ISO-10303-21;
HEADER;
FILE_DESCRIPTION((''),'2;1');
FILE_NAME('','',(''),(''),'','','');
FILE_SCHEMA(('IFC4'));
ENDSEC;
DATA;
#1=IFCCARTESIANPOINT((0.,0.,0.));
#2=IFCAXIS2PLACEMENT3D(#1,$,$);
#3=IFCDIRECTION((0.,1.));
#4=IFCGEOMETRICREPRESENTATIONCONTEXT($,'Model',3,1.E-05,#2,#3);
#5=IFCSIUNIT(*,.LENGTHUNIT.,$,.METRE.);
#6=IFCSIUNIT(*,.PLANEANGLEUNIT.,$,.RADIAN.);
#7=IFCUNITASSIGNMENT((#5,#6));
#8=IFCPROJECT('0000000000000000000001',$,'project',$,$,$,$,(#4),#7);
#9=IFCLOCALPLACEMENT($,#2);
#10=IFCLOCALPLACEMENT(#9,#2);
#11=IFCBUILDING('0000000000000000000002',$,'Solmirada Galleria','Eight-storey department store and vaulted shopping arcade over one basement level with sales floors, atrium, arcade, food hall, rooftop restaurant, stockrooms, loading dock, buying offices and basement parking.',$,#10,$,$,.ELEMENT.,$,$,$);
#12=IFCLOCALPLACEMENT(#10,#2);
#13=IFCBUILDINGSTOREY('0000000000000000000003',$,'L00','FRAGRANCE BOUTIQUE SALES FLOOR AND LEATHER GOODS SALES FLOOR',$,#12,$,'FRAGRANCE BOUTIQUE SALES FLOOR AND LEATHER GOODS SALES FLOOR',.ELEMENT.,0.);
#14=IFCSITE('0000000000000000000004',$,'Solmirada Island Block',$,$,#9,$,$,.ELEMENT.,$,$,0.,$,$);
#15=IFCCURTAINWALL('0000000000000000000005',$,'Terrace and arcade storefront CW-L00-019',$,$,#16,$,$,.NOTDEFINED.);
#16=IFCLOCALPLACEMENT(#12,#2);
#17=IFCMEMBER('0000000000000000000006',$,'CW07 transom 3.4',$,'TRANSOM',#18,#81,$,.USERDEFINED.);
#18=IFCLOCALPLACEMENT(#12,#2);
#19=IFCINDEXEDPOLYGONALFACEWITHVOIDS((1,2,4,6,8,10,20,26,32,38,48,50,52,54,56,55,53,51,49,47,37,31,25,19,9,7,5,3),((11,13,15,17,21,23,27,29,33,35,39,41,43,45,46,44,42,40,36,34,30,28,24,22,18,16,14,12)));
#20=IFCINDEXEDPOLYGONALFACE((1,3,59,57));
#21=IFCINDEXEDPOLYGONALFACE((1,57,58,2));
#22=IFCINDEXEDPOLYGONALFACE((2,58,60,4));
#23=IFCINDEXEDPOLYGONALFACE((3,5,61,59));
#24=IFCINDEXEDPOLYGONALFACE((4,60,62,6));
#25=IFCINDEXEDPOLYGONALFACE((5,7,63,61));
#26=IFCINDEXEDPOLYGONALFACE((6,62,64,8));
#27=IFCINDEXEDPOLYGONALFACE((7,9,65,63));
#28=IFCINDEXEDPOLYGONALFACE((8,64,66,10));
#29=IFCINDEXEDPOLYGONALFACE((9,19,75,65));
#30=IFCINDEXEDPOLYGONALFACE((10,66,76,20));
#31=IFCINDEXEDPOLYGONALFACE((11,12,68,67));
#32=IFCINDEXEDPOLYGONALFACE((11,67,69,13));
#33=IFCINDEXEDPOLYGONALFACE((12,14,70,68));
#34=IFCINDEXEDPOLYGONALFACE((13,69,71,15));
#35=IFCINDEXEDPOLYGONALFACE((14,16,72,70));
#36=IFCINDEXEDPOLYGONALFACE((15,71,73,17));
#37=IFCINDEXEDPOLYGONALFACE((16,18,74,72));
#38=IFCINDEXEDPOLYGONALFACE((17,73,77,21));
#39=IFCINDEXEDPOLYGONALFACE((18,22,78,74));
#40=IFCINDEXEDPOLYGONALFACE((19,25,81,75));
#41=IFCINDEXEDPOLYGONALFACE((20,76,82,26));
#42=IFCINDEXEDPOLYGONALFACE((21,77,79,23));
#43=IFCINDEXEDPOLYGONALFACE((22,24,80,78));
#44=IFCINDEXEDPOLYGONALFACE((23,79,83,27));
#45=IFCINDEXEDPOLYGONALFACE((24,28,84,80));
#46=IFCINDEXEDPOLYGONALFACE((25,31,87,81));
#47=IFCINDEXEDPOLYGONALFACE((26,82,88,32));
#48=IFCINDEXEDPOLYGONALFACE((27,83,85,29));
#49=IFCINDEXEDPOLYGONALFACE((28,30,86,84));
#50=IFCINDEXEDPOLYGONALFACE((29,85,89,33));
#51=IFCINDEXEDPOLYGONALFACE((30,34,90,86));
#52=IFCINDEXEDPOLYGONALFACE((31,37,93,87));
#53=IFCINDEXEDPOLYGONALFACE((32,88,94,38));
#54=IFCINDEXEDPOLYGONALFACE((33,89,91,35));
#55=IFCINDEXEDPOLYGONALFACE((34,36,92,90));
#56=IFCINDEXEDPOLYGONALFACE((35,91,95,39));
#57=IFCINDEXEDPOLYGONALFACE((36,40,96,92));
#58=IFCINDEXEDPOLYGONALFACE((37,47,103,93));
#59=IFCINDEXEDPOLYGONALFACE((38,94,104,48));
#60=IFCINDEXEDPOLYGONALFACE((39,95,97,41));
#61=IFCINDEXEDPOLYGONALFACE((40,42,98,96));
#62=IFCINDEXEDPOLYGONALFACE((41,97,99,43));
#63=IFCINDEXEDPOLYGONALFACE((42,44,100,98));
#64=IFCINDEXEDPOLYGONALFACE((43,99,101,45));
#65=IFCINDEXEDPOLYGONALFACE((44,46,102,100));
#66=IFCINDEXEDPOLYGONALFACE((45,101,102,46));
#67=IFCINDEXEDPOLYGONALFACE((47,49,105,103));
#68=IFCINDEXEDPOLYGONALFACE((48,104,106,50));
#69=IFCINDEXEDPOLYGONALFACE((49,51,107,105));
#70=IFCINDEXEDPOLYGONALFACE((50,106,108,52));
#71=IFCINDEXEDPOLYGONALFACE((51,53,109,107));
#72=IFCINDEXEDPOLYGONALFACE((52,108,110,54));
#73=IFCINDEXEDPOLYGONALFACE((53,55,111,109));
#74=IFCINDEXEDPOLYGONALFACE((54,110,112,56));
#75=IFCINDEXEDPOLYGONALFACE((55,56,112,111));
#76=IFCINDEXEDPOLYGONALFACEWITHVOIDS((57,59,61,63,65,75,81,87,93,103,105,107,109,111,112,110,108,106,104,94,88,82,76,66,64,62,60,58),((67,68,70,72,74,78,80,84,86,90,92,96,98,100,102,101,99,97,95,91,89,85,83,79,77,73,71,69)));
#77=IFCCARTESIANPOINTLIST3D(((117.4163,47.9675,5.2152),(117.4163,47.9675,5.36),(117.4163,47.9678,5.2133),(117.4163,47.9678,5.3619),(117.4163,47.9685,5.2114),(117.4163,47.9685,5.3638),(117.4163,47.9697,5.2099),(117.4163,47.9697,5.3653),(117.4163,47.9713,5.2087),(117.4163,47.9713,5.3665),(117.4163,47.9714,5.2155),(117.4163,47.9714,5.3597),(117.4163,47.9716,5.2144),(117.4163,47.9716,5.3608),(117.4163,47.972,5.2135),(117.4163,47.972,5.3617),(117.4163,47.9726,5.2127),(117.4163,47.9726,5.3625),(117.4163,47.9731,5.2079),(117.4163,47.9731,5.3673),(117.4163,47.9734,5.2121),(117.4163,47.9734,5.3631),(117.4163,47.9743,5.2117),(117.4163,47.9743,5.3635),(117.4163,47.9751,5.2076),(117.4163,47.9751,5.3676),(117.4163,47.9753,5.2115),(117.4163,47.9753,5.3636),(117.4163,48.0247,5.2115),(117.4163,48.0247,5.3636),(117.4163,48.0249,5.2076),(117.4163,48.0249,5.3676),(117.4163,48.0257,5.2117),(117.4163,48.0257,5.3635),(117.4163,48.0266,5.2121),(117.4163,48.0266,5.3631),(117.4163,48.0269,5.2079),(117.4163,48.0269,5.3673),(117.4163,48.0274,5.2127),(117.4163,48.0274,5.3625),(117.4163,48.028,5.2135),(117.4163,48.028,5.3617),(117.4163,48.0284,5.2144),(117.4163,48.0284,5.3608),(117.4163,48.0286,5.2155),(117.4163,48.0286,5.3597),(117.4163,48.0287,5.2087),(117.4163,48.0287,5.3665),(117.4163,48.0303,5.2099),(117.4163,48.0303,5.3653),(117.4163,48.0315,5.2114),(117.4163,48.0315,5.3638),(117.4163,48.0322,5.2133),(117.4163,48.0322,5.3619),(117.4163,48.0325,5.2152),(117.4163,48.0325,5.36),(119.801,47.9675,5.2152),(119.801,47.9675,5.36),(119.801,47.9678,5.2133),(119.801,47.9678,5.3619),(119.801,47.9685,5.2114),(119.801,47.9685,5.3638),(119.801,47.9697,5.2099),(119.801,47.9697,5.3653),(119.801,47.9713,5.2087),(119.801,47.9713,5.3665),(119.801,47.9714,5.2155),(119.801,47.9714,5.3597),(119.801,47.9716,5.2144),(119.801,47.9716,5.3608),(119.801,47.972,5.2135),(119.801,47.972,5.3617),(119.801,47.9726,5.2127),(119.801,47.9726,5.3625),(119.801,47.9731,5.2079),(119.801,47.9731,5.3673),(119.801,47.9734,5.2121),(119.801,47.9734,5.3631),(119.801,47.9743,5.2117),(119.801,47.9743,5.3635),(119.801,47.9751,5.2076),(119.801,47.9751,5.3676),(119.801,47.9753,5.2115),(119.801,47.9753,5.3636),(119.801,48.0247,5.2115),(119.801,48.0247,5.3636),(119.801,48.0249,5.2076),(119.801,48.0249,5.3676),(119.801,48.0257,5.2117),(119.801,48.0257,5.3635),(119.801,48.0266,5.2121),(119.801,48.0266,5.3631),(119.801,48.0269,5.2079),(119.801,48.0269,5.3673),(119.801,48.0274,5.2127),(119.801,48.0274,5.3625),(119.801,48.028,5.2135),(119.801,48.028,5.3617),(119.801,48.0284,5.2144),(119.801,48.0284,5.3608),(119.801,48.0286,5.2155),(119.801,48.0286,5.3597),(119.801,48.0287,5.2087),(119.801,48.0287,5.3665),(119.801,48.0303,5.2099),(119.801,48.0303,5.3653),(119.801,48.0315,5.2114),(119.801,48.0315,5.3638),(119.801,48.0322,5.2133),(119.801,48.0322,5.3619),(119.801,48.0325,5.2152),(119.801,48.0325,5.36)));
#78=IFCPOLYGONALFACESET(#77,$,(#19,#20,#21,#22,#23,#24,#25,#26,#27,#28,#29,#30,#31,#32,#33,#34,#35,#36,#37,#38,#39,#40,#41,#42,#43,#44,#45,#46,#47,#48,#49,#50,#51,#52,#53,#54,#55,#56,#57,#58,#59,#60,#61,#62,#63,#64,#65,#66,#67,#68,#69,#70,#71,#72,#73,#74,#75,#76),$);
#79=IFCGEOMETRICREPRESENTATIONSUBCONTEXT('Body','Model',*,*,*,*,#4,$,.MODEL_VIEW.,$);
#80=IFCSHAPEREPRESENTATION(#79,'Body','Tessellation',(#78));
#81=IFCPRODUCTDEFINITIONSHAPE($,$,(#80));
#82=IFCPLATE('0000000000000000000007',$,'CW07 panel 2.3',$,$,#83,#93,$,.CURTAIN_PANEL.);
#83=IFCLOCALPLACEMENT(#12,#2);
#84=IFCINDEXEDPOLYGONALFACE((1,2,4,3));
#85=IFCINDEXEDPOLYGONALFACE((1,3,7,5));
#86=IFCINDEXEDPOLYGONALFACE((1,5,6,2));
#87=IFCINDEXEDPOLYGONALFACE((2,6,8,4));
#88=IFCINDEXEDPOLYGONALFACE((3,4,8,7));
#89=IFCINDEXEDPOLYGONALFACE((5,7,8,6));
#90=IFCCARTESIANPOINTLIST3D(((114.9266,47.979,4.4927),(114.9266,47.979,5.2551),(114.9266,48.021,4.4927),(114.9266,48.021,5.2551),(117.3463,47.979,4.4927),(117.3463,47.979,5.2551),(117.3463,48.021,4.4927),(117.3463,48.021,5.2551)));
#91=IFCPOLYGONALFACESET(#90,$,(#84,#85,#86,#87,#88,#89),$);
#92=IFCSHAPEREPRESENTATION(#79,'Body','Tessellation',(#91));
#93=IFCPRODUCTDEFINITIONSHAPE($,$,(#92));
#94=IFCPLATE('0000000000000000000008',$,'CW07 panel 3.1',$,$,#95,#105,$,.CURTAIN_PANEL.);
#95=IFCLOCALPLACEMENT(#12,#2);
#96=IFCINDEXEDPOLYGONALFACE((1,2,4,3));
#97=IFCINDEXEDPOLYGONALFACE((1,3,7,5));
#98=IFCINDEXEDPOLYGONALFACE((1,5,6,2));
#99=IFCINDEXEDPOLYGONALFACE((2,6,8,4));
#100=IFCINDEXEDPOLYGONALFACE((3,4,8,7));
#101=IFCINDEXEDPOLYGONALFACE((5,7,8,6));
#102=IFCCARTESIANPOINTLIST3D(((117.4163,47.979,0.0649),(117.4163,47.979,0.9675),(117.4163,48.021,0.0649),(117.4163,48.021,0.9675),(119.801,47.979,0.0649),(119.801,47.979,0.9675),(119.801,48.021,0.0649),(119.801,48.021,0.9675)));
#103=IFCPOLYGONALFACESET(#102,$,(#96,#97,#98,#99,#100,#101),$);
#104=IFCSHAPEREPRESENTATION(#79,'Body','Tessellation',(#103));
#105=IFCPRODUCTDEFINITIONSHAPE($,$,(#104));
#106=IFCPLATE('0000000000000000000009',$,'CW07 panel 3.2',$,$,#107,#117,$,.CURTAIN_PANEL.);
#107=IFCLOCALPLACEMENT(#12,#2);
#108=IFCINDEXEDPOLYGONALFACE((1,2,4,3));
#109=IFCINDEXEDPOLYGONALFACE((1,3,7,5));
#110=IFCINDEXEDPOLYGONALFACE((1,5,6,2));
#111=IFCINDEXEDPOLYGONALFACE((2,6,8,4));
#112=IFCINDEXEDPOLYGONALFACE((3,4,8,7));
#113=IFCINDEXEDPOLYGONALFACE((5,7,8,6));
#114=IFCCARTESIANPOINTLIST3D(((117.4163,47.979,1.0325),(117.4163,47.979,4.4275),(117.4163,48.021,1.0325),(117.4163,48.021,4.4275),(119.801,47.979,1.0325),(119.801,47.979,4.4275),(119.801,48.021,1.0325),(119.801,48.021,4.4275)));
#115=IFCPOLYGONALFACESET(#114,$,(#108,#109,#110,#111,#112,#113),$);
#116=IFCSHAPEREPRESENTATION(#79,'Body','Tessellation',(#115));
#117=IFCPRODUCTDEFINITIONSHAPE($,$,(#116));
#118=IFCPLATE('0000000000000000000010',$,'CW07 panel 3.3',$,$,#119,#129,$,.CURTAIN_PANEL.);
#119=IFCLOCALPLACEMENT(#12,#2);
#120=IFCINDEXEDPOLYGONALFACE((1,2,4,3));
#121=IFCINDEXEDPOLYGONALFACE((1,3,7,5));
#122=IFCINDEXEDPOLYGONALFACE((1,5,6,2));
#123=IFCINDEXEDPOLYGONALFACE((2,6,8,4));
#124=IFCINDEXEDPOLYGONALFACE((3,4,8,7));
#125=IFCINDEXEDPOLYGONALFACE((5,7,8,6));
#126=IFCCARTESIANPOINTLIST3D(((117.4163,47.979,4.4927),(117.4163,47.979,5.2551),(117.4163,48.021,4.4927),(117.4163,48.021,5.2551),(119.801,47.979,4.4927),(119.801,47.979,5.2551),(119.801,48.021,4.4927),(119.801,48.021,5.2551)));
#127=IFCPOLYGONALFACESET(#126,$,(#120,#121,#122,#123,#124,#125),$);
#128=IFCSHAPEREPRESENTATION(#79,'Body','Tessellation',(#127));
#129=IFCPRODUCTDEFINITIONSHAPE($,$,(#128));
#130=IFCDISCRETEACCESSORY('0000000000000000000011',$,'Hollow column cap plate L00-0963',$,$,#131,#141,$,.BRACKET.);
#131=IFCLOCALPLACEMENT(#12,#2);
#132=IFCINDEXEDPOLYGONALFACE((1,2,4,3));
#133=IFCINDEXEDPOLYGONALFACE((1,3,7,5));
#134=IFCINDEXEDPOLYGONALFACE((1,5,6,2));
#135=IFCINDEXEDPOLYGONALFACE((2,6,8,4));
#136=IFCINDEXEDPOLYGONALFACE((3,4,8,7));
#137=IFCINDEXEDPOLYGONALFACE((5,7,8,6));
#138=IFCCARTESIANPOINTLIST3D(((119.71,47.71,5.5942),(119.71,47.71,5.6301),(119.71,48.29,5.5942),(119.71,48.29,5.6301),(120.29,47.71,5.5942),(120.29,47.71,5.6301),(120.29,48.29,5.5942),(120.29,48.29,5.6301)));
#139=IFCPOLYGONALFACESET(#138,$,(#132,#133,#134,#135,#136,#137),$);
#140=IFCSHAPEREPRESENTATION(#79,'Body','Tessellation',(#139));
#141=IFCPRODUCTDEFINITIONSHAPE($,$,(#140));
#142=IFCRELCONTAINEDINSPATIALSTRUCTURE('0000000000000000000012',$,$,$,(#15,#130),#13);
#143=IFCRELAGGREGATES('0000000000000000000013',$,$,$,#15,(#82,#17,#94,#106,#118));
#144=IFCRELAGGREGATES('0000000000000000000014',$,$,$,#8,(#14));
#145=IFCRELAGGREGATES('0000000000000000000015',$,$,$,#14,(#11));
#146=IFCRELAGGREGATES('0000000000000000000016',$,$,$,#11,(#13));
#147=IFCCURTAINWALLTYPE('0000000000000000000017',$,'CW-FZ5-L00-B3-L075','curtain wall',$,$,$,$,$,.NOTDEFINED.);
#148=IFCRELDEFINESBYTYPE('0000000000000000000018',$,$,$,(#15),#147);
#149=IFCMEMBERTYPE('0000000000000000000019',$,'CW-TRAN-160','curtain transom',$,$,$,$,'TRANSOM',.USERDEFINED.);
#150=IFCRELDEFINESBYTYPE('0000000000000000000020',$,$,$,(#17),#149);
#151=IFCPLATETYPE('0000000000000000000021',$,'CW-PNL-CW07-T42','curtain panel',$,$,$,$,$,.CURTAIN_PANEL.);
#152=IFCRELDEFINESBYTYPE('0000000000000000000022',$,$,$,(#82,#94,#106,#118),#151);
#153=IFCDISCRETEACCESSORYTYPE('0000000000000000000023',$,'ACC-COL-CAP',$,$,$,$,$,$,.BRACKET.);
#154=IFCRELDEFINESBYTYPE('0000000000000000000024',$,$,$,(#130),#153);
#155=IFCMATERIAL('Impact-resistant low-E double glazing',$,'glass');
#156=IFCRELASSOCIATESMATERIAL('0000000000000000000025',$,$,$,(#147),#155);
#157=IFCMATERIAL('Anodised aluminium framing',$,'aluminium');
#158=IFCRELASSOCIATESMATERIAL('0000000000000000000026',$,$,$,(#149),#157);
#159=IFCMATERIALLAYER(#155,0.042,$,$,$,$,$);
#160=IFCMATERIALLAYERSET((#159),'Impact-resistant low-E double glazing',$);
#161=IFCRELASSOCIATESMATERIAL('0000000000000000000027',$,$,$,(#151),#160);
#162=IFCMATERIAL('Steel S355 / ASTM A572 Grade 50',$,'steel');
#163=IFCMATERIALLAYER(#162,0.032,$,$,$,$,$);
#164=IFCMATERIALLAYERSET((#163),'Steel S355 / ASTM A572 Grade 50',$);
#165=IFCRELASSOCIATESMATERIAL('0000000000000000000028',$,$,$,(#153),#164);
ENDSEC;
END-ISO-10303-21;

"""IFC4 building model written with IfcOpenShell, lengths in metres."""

from ifc_helpers import new_model, si_unit, direction, frame, origin, origin_2d, place, context, subcontext, project, spatial, rectangle, hollow_rectangle, extrude, material, layer, layer_set, material_profile, profile_set, type_object, element, aggregate, save


model = new_model("IFC4")

# Units and contexts
model_context = context("Model", 3, precision=1e-05, world=origin(), true_north=direction((0.0, 1.0)))
body_context = subcontext(model_context, "Body", "Model", "MODEL_VIEW")
ifc_project = project(units=[si_unit("LENGTHUNIT", "METRE"), si_unit("PLANEANGLEUNIT", "RADIAN")], contexts=[model_context])

# Site, building, storey
site_placement = place(None, origin())
site = spatial("IfcSite", under=ifc_project, at=site_placement, Name="Solmirada Island Block", CompositionType="ELEMENT", RefElevation=0.0)
building_placement = place(site_placement, origin())
building = spatial("IfcBuilding", under=site, at=building_placement, Name="Solmirada Galleria", Description="Eight-storey department store and vaulted shopping arcade over one basement level with sales floors, atrium, arcade, food hall, rooftop restaurant, stockrooms, loading dock, buying offices and basement parking.", CompositionType="ELEMENT")
storey_placement = place(building_placement, origin())
storey = spatial("IfcBuildingStorey", under=building, at=storey_placement, Name="L00", Description="FRAGRANCE BOUTIQUE SALES FLOOR AND LEATHER GOODS SALES FLOOR", LongName="FRAGRANCE BOUTIQUE SALES FLOOR AND LEATHER GOODS SALES FLOOR", CompositionType="ELEMENT", Elevation=0.0)

# Curtain wall
ifc_material_1 = material(Name="Impact-resistant low-E double glazing", Category="glass")
curtain_wall_type_1 = type_object("IfcCurtainWallType", Name="CW-FZ5-L00-B3-L075", Description="curtain wall", PredefinedType="NOTDEFINED", material=ifc_material_1)
curtain_wall_1_placement = place(storey_placement, origin())
curtain_wall_1 = element("IfcCurtainWall", 1, at=curtain_wall_1_placement, inside=storey, type_object=curtain_wall_type_1, Name="Terrace and arcade storefront CW-L00-019", PredefinedType="NOTDEFINED")
ifc_material_2 = material(Name="Anodised aluminium framing", Category="aluminium")

# Member
ifc_material_profile_1 = material_profile(ifc_material_2, hollow_rectangle(XDim=0.0649, YDim=0.1599, WallThickness=0.0039, InnerFilletRadius=0.0039, OuterFilletRadius=0.0076, at=origin_2d()), Name="ALU-TRAN-160X65")
ifc_profile_set_1 = profile_set([ifc_material_profile_1], Name="Anodised aluminium framing")
member_type_1 = type_object("IfcMemberType", Name="CW-TRAN-160", Description="curtain transom", ElementType="TRANSOM", PredefinedType="USERDEFINED", material=ifc_profile_set_1)
member_1_placement = place(storey_placement, frame((117.4163, 48.0, 5.2876), z_axis=(1.0, 0.0, 0.0), x_axis=(0.0, 1.0, 0.0)))
member_1 = element("IfcMember", 2, at=member_1_placement, type_object=member_type_1, Name="CW07 transom 3.4", ObjectType="TRANSOM", PredefinedType="USERDEFINED", context=body_context, shape_type="SweptSolid", body=[
    extrude(hollow_rectangle(XDim=0.0649, YDim=0.1599, WallThickness=0.0039, InnerFilletRadius=0.0039, OuterFilletRadius=0.0076, at=origin_2d()), origin(), (0.0, 0.0, 1.0), 2.3848),
])

# Plates
ifc_layer_1 = layer(ifc_material_1, 0.042)
ifc_layer_set_1 = layer_set([ifc_layer_1], Name="Impact-resistant low-E double glazing")
plate_type = type_object("IfcPlateType", Name="CW-PNL-CW07-T42", Description="curtain panel", PredefinedType="CURTAIN_PANEL", material=ifc_layer_set_1)
plate_1_placement = place(storey_placement, frame((116.1365, 48.0, 4.4927), z_axis=(0.0, 0.0, 1.0), x_axis=(1.0, 0.0, 0.0)))
plate_1 = element("IfcPlate", 3, at=plate_1_placement, type_object=plate_type, Name="CW07 panel 2.3", PredefinedType="CURTAIN_PANEL", context=body_context, shape_type="SweptSolid", body=[
    extrude(rectangle(XDim=2.4197, YDim=0.042, at=origin_2d()), origin(), (0.0, 0.0, 1.0), 0.7625),
])
plate_2_placement = place(storey_placement, frame((118.6086, 48.0, 0.0649), z_axis=(0.0, 0.0, 1.0), x_axis=(1.0, 0.0, 0.0)))
plate_2 = element("IfcPlate", 4, at=plate_2_placement, type_object=plate_type, Name="CW07 panel 3.1", PredefinedType="CURTAIN_PANEL", context=body_context, shape_type="SweptSolid", body=[
    extrude(rectangle(XDim=2.3848, YDim=0.042, at=origin_2d()), origin(), (0.0, 0.0, 1.0), 0.9026),
])
plate_3_placement = place(storey_placement, frame((118.6086, 48.0, 1.0325), z_axis=(0.0, 0.0, 1.0), x_axis=(1.0, 0.0, 0.0)))
plate_3 = element("IfcPlate", 5, at=plate_3_placement, type_object=plate_type, Name="CW07 panel 3.2", PredefinedType="CURTAIN_PANEL", context=body_context, shape_type="SweptSolid", body=[
    extrude(rectangle(XDim=2.3848, YDim=0.042, at=origin_2d()), origin(), (0.0, 0.0, 1.0), 3.395),
])
plate_4_placement = place(storey_placement, frame((118.6086, 48.0, 4.4927), z_axis=(0.0, 0.0, 1.0), x_axis=(1.0, 0.0, 0.0)))
plate_4 = element("IfcPlate", 6, at=plate_4_placement, type_object=plate_type, Name="CW07 panel 3.3", PredefinedType="CURTAIN_PANEL", context=body_context, shape_type="SweptSolid", body=[
    extrude(rectangle(XDim=2.3848, YDim=0.042, at=origin_2d()), origin(), (0.0, 0.0, 1.0), 0.7625),
])
aggregate(curtain_wall_1, [plate_1, member_1, plate_2, plate_3, plate_4])

# Discrete accessory
ifc_material_3 = material(Name="Steel S355 / ASTM A572 Grade 50", Category="steel")
ifc_layer_2 = layer(ifc_material_3, 0.032)
ifc_layer_set_2 = layer_set([ifc_layer_2], Name="Steel S355 / ASTM A572 Grade 50")
discrete_accessory_type = type_object("IfcDiscreteAccessoryType", Name="ACC-COL-CAP", PredefinedType="BRACKET", material=ifc_layer_set_2)
discrete_accessory_placement = place(storey_placement, frame((120.0, 48.0, 5.5942), z_axis=(0.0, 0.0, 1.0), x_axis=(1.0, 0.0, 0.0)))
element("IfcDiscreteAccessory", 7, at=discrete_accessory_placement, inside=storey, type_object=discrete_accessory_type, Name="Hollow column cap plate L00-0963", PredefinedType="BRACKET", context=body_context, shape_type="SweptSolid", body=[
    extrude(rectangle(XDim=0.5801, YDim=0.5801, at=origin_2d()), origin(), (0.0, 0.0, 1.0), 0.0359),
])

save(model, "model.ifc")
